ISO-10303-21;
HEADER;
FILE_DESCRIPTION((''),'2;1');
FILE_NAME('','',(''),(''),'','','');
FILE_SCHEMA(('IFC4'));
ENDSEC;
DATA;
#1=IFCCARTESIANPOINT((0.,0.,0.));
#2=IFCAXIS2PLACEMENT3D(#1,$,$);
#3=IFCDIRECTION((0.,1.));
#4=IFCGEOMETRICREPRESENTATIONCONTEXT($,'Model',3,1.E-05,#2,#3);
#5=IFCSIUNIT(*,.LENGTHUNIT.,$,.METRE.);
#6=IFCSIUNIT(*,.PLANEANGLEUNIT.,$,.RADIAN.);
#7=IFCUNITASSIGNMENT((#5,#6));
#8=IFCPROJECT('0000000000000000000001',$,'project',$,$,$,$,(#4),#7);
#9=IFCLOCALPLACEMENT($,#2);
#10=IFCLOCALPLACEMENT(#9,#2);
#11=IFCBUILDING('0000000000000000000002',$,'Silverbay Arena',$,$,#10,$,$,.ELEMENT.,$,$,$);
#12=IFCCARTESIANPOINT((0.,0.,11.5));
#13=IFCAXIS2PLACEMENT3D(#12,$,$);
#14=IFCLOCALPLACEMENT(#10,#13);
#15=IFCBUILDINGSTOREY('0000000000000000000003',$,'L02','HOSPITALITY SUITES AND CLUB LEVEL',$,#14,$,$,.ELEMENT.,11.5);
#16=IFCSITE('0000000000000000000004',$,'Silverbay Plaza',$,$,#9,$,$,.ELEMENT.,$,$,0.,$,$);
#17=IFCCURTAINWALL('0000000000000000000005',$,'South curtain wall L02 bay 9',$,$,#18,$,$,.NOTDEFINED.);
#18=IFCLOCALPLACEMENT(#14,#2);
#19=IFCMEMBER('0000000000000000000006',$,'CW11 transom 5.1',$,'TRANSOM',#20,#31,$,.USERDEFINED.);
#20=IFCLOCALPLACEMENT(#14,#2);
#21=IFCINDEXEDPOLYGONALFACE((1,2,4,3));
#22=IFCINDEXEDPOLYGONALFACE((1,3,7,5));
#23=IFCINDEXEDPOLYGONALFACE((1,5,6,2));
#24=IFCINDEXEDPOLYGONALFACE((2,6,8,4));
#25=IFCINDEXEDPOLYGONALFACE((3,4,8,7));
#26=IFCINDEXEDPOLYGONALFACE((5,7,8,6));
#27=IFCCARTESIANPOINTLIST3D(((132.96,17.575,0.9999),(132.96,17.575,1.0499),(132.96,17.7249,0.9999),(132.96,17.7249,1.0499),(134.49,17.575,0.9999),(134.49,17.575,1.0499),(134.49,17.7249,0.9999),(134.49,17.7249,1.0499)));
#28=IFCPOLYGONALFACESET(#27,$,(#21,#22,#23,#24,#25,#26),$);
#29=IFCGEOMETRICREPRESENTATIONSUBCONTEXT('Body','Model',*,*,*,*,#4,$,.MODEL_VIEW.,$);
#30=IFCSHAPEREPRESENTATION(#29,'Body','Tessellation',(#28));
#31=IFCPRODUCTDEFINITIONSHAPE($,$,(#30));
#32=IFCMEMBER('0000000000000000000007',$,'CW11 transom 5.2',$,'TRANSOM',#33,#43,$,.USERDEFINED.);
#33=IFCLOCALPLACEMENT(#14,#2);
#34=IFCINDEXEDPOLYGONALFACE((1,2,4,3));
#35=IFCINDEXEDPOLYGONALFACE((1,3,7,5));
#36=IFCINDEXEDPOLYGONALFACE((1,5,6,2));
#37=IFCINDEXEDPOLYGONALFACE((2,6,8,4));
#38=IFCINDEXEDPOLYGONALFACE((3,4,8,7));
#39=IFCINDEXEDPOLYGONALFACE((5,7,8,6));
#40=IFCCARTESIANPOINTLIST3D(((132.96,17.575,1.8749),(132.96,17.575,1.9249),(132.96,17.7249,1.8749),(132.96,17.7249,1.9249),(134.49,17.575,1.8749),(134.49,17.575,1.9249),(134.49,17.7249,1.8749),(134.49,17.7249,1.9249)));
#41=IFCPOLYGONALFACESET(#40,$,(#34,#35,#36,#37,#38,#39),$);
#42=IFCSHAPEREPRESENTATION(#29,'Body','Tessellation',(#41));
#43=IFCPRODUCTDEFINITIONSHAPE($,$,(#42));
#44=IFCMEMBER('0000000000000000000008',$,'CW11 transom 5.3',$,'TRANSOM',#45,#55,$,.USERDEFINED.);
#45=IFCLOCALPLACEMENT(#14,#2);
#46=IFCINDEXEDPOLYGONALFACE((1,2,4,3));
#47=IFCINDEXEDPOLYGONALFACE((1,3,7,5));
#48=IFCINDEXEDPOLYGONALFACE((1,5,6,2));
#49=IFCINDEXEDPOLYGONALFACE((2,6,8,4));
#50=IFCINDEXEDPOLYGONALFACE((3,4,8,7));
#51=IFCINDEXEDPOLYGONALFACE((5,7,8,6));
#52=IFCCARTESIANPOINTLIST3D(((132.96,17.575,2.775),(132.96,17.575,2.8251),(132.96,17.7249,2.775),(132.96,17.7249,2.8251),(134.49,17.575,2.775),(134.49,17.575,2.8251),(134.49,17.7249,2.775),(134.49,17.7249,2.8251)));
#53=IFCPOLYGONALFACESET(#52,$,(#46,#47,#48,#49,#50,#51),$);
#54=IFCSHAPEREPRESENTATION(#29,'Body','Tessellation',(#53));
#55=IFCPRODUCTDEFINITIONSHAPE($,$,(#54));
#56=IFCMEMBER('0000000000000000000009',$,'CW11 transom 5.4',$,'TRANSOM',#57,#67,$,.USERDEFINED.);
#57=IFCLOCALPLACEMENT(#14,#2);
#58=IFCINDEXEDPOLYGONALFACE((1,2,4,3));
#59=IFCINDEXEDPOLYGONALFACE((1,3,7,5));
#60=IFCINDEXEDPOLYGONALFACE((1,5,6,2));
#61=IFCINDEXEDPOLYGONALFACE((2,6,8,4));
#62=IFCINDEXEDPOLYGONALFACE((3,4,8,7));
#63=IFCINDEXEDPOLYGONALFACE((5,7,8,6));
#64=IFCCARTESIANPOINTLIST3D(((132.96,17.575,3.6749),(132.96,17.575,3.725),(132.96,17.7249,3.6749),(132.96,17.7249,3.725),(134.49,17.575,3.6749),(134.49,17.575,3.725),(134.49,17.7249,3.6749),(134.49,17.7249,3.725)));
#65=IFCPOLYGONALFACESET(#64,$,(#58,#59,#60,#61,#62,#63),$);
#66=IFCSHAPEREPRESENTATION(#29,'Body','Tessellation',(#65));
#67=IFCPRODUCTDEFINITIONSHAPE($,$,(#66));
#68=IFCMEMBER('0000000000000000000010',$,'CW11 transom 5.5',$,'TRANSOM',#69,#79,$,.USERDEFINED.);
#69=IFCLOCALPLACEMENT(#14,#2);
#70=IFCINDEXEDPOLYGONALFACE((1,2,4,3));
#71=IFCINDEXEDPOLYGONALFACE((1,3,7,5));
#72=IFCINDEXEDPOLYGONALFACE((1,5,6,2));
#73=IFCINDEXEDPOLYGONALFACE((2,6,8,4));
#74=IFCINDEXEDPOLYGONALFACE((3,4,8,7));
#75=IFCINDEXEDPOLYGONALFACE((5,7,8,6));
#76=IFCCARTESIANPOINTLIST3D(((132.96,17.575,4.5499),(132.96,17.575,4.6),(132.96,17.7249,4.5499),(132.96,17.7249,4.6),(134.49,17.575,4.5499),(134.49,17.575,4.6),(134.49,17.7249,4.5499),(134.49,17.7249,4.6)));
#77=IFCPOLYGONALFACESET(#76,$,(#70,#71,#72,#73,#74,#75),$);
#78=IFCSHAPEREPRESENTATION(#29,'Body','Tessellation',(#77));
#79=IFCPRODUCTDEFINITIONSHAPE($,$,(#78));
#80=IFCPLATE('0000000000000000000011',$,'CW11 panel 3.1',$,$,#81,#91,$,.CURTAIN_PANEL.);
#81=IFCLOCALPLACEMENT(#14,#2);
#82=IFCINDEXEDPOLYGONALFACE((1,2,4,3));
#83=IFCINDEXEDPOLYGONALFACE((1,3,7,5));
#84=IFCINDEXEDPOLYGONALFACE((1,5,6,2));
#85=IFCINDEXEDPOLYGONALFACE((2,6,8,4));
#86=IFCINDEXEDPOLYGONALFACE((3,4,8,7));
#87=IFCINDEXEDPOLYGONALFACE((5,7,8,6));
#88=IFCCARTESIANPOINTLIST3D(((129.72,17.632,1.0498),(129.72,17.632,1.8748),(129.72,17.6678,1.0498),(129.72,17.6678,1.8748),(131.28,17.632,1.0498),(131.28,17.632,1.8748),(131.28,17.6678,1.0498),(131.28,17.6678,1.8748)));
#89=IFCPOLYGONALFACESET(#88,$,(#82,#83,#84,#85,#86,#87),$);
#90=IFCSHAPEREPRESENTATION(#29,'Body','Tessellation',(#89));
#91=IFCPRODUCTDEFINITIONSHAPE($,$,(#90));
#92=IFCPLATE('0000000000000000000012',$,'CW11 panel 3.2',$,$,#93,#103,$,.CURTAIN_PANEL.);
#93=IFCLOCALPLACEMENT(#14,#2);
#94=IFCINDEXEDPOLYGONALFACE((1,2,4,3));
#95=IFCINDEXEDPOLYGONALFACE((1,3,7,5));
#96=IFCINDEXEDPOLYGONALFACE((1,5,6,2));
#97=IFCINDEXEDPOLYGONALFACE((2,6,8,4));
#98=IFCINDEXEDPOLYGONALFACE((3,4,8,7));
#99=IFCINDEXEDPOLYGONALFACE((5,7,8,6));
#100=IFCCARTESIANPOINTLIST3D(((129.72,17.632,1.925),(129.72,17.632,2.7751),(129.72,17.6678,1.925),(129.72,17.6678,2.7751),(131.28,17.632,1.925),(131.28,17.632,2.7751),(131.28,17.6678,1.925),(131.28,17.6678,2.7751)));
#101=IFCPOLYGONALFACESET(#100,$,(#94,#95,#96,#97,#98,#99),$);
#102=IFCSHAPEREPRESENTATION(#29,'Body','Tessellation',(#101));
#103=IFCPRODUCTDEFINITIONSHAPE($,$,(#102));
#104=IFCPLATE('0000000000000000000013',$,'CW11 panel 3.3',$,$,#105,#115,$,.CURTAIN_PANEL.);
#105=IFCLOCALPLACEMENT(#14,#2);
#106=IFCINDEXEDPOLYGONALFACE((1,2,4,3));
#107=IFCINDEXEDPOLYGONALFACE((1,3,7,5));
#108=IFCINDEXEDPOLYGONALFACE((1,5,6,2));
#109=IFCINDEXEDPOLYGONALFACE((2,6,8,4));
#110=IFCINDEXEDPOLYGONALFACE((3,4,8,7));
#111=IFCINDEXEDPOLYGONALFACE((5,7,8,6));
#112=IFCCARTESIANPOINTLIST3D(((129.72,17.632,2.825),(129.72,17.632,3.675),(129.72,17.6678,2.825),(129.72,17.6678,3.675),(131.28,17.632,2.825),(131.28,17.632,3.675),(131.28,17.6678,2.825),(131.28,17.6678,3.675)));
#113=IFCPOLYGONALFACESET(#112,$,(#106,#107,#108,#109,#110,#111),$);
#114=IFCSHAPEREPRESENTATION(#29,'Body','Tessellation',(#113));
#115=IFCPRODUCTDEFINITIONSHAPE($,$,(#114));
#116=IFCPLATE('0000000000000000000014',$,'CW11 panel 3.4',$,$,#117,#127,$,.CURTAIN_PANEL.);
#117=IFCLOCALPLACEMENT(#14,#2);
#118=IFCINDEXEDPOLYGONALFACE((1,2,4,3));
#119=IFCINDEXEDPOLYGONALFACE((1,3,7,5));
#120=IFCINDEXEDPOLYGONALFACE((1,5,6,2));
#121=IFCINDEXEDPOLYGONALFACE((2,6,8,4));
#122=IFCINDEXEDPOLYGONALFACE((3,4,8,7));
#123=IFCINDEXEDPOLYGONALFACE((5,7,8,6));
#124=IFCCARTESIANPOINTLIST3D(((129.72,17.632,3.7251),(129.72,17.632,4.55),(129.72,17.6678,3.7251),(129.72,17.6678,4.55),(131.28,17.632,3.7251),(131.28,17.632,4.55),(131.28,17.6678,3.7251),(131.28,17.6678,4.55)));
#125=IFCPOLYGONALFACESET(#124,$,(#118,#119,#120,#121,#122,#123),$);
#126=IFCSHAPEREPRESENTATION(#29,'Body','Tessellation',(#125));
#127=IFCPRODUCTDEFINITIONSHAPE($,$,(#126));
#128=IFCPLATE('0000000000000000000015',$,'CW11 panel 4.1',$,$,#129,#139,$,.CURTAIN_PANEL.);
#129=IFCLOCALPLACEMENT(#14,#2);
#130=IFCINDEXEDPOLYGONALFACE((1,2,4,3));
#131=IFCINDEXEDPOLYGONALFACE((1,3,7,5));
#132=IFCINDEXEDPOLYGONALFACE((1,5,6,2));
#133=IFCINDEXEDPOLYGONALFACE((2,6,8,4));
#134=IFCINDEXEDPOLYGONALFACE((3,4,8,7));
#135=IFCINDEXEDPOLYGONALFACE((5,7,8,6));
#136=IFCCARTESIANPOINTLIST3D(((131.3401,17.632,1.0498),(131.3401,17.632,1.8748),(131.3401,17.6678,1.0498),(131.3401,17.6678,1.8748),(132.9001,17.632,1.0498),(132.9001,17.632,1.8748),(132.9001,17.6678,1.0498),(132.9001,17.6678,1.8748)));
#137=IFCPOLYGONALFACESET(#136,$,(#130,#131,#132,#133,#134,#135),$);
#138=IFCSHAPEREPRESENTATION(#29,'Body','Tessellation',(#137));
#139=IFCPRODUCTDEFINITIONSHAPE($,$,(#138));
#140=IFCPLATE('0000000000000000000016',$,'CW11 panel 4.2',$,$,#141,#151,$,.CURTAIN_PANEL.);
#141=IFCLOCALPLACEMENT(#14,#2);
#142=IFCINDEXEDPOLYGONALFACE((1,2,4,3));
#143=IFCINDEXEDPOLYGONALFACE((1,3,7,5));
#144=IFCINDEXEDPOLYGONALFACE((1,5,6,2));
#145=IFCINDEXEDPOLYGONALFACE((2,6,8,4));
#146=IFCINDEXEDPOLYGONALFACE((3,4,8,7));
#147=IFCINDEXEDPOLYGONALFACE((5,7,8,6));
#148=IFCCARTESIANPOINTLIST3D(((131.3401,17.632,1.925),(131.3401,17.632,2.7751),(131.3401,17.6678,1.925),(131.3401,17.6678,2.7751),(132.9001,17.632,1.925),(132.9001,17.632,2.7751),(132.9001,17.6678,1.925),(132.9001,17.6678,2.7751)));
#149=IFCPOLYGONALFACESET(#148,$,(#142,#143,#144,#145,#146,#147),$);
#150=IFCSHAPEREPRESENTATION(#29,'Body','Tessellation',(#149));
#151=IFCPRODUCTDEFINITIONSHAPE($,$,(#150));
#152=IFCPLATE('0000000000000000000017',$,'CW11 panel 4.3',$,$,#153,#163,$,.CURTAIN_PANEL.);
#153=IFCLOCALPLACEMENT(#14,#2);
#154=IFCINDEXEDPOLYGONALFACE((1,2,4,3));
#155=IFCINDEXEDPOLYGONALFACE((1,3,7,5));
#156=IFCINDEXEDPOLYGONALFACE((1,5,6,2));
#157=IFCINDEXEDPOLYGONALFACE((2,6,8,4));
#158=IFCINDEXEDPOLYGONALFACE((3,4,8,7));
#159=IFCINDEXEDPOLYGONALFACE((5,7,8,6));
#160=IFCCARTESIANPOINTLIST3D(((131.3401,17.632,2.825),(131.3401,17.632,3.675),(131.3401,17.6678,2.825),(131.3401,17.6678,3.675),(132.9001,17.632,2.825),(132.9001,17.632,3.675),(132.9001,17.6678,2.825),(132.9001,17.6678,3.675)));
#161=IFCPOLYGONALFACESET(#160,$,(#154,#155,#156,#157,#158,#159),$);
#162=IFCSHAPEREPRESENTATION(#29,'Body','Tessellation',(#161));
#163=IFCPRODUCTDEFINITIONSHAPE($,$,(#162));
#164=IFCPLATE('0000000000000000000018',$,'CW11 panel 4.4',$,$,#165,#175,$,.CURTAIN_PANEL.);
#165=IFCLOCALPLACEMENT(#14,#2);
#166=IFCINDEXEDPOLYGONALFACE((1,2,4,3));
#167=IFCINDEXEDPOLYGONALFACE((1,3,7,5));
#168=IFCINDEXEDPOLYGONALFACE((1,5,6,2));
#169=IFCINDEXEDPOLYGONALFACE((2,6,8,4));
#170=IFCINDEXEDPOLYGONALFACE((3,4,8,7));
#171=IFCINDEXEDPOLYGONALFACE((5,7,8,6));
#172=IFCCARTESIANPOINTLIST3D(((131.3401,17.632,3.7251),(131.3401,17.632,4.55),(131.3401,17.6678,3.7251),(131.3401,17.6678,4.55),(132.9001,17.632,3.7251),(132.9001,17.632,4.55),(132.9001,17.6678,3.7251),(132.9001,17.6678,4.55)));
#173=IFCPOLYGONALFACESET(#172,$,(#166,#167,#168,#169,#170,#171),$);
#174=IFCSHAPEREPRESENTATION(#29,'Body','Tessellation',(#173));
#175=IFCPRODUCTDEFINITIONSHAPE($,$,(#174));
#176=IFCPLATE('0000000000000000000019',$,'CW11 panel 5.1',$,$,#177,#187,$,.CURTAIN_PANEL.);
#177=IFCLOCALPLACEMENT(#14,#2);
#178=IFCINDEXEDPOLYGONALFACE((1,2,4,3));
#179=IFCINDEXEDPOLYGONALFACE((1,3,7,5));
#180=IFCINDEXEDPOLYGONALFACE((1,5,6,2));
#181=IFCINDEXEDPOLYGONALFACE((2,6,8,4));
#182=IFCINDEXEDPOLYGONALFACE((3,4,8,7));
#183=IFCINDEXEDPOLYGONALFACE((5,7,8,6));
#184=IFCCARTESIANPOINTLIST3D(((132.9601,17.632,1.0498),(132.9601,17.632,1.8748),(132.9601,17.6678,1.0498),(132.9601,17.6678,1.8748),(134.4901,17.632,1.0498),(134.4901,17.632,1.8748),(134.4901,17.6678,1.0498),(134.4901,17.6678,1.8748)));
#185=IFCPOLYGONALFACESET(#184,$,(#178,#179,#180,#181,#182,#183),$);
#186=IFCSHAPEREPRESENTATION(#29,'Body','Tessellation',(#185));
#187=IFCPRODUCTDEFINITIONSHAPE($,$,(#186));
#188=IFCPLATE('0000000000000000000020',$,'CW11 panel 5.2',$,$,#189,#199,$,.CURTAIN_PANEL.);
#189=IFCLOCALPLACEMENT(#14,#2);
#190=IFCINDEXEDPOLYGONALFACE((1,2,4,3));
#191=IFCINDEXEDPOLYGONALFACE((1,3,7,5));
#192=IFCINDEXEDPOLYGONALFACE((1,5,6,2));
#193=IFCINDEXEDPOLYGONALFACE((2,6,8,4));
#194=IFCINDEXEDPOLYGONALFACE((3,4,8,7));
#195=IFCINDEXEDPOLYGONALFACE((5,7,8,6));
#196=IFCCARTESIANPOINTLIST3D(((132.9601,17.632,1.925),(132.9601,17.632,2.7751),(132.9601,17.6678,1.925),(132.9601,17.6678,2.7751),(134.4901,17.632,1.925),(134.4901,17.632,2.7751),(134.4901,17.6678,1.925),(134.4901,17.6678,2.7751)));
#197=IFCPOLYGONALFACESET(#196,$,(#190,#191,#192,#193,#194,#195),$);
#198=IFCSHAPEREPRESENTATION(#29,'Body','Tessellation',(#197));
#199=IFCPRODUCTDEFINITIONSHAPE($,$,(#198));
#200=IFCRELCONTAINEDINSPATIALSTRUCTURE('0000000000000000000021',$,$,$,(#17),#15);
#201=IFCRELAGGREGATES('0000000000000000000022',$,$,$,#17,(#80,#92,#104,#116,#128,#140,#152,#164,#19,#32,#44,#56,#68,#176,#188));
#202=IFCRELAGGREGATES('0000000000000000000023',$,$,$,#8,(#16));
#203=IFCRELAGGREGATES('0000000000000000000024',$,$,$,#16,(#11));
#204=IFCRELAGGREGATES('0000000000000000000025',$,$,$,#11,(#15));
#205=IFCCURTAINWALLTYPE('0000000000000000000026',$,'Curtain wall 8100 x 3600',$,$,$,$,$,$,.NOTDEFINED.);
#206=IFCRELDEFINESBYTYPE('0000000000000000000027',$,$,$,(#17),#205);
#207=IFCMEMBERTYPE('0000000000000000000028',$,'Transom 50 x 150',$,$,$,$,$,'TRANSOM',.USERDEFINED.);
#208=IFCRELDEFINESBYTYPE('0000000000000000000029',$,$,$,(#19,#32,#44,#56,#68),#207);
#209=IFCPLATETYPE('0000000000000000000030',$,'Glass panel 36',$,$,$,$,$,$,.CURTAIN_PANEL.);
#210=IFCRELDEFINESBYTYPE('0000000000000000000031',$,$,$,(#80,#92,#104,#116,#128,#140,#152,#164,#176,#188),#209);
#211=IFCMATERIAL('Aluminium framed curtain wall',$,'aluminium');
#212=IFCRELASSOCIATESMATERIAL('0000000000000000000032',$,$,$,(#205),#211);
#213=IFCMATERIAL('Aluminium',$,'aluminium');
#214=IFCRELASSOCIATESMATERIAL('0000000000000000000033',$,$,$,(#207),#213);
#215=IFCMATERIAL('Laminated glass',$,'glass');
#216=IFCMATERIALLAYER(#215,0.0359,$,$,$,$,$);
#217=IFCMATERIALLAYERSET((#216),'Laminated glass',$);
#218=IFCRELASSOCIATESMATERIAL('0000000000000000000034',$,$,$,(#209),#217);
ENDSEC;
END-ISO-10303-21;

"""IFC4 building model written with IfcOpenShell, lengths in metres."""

from ifc_helpers import new_model, si_unit, direction, frame, origin, origin_2d, place, context, subcontext, project, spatial, rectangle, extrude, material, layer, layer_set, material_profile, profile_set, type_object, element, aggregate, save


model = new_model("IFC4")

# Units and contexts
model_context = context("Model", 3, precision=1e-05, world=origin(), true_north=direction((0.0, 1.0)))
body_context = subcontext(model_context, "Body", "Model", "MODEL_VIEW")
ifc_project = project(units=[si_unit("LENGTHUNIT", "METRE"), si_unit("PLANEANGLEUNIT", "RADIAN")], contexts=[model_context])

# Site, building, storey
site_placement = place(None, origin())
site = spatial("IfcSite", under=ifc_project, at=site_placement, Name="Silverbay Plaza", CompositionType="ELEMENT", RefElevation=0.0)
building_placement = place(site_placement, origin())
building = spatial("IfcBuilding", under=site, at=building_placement, Name="Silverbay Arena", CompositionType="ELEMENT")
storey_placement = place(building_placement, frame((0.0, 0.0, 11.5)))
storey = spatial("IfcBuildingStorey", under=building, at=storey_placement, Name="L02", Description="HOSPITALITY SUITES AND CLUB LEVEL", CompositionType="ELEMENT", Elevation=11.5)

# Curtain wall, members, plates
ifc_material_1 = material(Name="Aluminium framed curtain wall", Category="aluminium")
curtain_wall_type = type_object("IfcCurtainWallType", Name="Curtain wall 8100 x 3600", PredefinedType="NOTDEFINED", material=ifc_material_1)
curtain_wall_placement = place(storey_placement, origin())
curtain_wall = element("IfcCurtainWall", 1, at=curtain_wall_placement, inside=storey, type_object=curtain_wall_type, Name="South curtain wall L02 bay 9", PredefinedType="NOTDEFINED")
ifc_material_2 = material(Name="Aluminium", Category="aluminium")
ifc_material_profile_1 = material_profile(ifc_material_2, rectangle(XDim=0.1499, YDim=0.05, at=origin_2d()), Name="Transom 50 x 150")
ifc_profile_set_1 = profile_set([ifc_material_profile_1], Name="Aluminium")
member_type_1 = type_object("IfcMemberType", Name="Transom 50 x 150", ElementType="TRANSOM", PredefinedType="USERDEFINED", material=ifc_profile_set_1)
member_1_placement = place(storey_placement, frame((132.96, 17.6499, 1.0249), z_axis=(1.0, 0.0, 0.0), x_axis=(0.0, 1.0, 0.0)))
member_1 = element("IfcMember", 2, at=member_1_placement, type_object=member_type_1, Name="CW11 transom 5.1", ObjectType="TRANSOM", PredefinedType="USERDEFINED", context=body_context, shape_type="SweptSolid", body=[
    extrude(rectangle(XDim=0.1499, YDim=0.05, at=origin_2d()), origin(), (0.0, 0.0, 1.0), 1.53),
])
member_2_placement = place(storey_placement, frame((132.96, 17.6499, 1.8999), z_axis=(1.0, 0.0, 0.0), x_axis=(0.0, 1.0, 0.0)))
member_2 = element("IfcMember", 3, at=member_2_placement, type_object=member_type_1, Name="CW11 transom 5.2", ObjectType="TRANSOM", PredefinedType="USERDEFINED", context=body_context, shape_type="SweptSolid", body=[
    extrude(rectangle(XDim=0.1499, YDim=0.05, at=origin_2d()), origin(), (0.0, 0.0, 1.0), 1.53),
])
member_3_placement = place(storey_placement, frame((132.96, 17.6499, 2.8), z_axis=(1.0, 0.0, 0.0), x_axis=(0.0, 1.0, 0.0)))
member_3 = element("IfcMember", 4, at=member_3_placement, type_object=member_type_1, Name="CW11 transom 5.3", ObjectType="TRANSOM", PredefinedType="USERDEFINED", context=body_context, shape_type="SweptSolid", body=[
    extrude(rectangle(XDim=0.1499, YDim=0.05, at=origin_2d()), origin(), (0.0, 0.0, 1.0), 1.53),
])
member_4_placement = place(storey_placement, frame((132.96, 17.6499, 3.7), z_axis=(1.0, 0.0, 0.0), x_axis=(0.0, 1.0, 0.0)))
member_4 = element("IfcMember", 5, at=member_4_placement, type_object=member_type_1, Name="CW11 transom 5.4", ObjectType="TRANSOM", PredefinedType="USERDEFINED", context=body_context, shape_type="SweptSolid", body=[
    extrude(rectangle(XDim=0.1499, YDim=0.05, at=origin_2d()), origin(), (0.0, 0.0, 1.0), 1.53),
])
member_5_placement = place(storey_placement, frame((132.96, 17.6499, 4.575), z_axis=(1.0, 0.0, 0.0), x_axis=(0.0, 1.0, 0.0)))
member_5 = element("IfcMember", 6, at=member_5_placement, type_object=member_type_1, Name="CW11 transom 5.5", ObjectType="TRANSOM", PredefinedType="USERDEFINED", context=body_context, shape_type="SweptSolid", body=[
    extrude(rectangle(XDim=0.1499, YDim=0.05, at=origin_2d()), origin(), (0.0, 0.0, 1.0), 1.53),
])
ifc_material_3 = material(Name="Laminated glass", Category="glass")
ifc_layer_1 = layer(ifc_material_3, 0.0359)
ifc_layer_set_1 = layer_set([ifc_layer_1], Name="Laminated glass")
plate_type = type_object("IfcPlateType", Name="Glass panel 36", PredefinedType="CURTAIN_PANEL", material=ifc_layer_set_1)
plate_1_placement = place(storey_placement, frame((130.5, 17.6499, 1.0498), z_axis=(0.0, 0.0, 1.0), x_axis=(1.0, 0.0, 0.0)))
plate_1 = element("IfcPlate", 7, at=plate_1_placement, type_object=plate_type, Name="CW11 panel 3.1", PredefinedType="CURTAIN_PANEL", context=body_context, shape_type="SweptSolid", body=[
    extrude(rectangle(XDim=1.5601, YDim=0.0359, at=origin_2d()), origin(), (0.0, 0.0, 1.0), 0.825),
])
plate_2_placement = place(storey_placement, frame((130.5, 17.6499, 1.925), z_axis=(0.0, 0.0, 1.0), x_axis=(1.0, 0.0, 0.0)))
plate_2 = element("IfcPlate", 8, at=plate_2_placement, type_object=plate_type, Name="CW11 panel 3.2", PredefinedType="CURTAIN_PANEL", context=body_context, shape_type="SweptSolid", body=[
    extrude(rectangle(XDim=1.5601, YDim=0.0359, at=origin_2d()), origin(), (0.0, 0.0, 1.0), 0.8501),
])
plate_3_placement = place(storey_placement, frame((130.5, 17.6499, 2.825), z_axis=(0.0, 0.0, 1.0), x_axis=(1.0, 0.0, 0.0)))
plate_3 = element("IfcPlate", 9, at=plate_3_placement, type_object=plate_type, Name="CW11 panel 3.3", PredefinedType="CURTAIN_PANEL", context=body_context, shape_type="SweptSolid", body=[
    extrude(rectangle(XDim=1.5601, YDim=0.0359, at=origin_2d()), origin(), (0.0, 0.0, 1.0), 0.8501),
])
plate_4_placement = place(storey_placement, frame((130.5, 17.6499, 3.7251), z_axis=(0.0, 0.0, 1.0), x_axis=(1.0, 0.0, 0.0)))
plate_4 = element("IfcPlate", 10, at=plate_4_placement, type_object=plate_type, Name="CW11 panel 3.4", PredefinedType="CURTAIN_PANEL", context=body_context, shape_type="SweptSolid", body=[
    extrude(rectangle(XDim=1.5601, YDim=0.0359, at=origin_2d()), origin(), (0.0, 0.0, 1.0), 0.825),
])
plate_5_placement = place(storey_placement, frame((132.1201, 17.6499, 1.0498), z_axis=(0.0, 0.0, 1.0), x_axis=(1.0, 0.0, 0.0)))
plate_5 = element("IfcPlate", 11, at=plate_5_placement, type_object=plate_type, Name="CW11 panel 4.1", PredefinedType="CURTAIN_PANEL", context=body_context, shape_type="SweptSolid", body=[
    extrude(rectangle(XDim=1.5601, YDim=0.0359, at=origin_2d()), origin(), (0.0, 0.0, 1.0), 0.825),
])
plate_6_placement = place(storey_placement, frame((132.1201, 17.6499, 1.925), z_axis=(0.0, 0.0, 1.0), x_axis=(1.0, 0.0, 0.0)))
plate_6 = element("IfcPlate", 12, at=plate_6_placement, type_object=plate_type, Name="CW11 panel 4.2", PredefinedType="CURTAIN_PANEL", context=body_context, shape_type="SweptSolid", body=[
    extrude(rectangle(XDim=1.5601, YDim=0.0359, at=origin_2d()), origin(), (0.0, 0.0, 1.0), 0.8501),
])
plate_7_placement = place(storey_placement, frame((132.1201, 17.6499, 2.825), z_axis=(0.0, 0.0, 1.0), x_axis=(1.0, 0.0, 0.0)))
plate_7 = element("IfcPlate", 13, at=plate_7_placement, type_object=plate_type, Name="CW11 panel 4.3", PredefinedType="CURTAIN_PANEL", context=body_context, shape_type="SweptSolid", body=[
    extrude(rectangle(XDim=1.5601, YDim=0.0359, at=origin_2d()), origin(), (0.0, 0.0, 1.0), 0.8501),
])
plate_8_placement = place(storey_placement, frame((132.1201, 17.6499, 3.7251), z_axis=(0.0, 0.0, 1.0), x_axis=(1.0, 0.0, 0.0)))
plate_8 = element("IfcPlate", 14, at=plate_8_placement, type_object=plate_type, Name="CW11 panel 4.4", PredefinedType="CURTAIN_PANEL", context=body_context, shape_type="SweptSolid", body=[
    extrude(rectangle(XDim=1.5601, YDim=0.0359, at=origin_2d()), origin(), (0.0, 0.0, 1.0), 0.825),
])
plate_9_placement = place(storey_placement, frame((133.7251, 17.6499, 1.0498), z_axis=(0.0, 0.0, 1.0), x_axis=(1.0, 0.0, 0.0)))
plate_9 = element("IfcPlate", 15, at=plate_9_placement, type_object=plate_type, Name="CW11 panel 5.1", PredefinedType="CURTAIN_PANEL", context=body_context, shape_type="SweptSolid", body=[
    extrude(rectangle(XDim=1.53, YDim=0.0359, at=origin_2d()), origin(), (0.0, 0.0, 1.0), 0.825),
])
plate_10_placement = place(storey_placement, frame((133.7251, 17.6499, 1.925), z_axis=(0.0, 0.0, 1.0), x_axis=(1.0, 0.0, 0.0)))
plate_10 = element("IfcPlate", 16, at=plate_10_placement, type_object=plate_type, Name="CW11 panel 5.2", PredefinedType="CURTAIN_PANEL", context=body_context, shape_type="SweptSolid", body=[
    extrude(rectangle(XDim=1.53, YDim=0.0359, at=origin_2d()), origin(), (0.0, 0.0, 1.0), 0.8501),
])
aggregate(curtain_wall, [plate_1, plate_2, plate_3, plate_4, plate_5, plate_6, plate_7, plate_8, member_1, member_2, member_3, member_4, member_5, plate_9, plate_10])

save(model, "model.ifc")
